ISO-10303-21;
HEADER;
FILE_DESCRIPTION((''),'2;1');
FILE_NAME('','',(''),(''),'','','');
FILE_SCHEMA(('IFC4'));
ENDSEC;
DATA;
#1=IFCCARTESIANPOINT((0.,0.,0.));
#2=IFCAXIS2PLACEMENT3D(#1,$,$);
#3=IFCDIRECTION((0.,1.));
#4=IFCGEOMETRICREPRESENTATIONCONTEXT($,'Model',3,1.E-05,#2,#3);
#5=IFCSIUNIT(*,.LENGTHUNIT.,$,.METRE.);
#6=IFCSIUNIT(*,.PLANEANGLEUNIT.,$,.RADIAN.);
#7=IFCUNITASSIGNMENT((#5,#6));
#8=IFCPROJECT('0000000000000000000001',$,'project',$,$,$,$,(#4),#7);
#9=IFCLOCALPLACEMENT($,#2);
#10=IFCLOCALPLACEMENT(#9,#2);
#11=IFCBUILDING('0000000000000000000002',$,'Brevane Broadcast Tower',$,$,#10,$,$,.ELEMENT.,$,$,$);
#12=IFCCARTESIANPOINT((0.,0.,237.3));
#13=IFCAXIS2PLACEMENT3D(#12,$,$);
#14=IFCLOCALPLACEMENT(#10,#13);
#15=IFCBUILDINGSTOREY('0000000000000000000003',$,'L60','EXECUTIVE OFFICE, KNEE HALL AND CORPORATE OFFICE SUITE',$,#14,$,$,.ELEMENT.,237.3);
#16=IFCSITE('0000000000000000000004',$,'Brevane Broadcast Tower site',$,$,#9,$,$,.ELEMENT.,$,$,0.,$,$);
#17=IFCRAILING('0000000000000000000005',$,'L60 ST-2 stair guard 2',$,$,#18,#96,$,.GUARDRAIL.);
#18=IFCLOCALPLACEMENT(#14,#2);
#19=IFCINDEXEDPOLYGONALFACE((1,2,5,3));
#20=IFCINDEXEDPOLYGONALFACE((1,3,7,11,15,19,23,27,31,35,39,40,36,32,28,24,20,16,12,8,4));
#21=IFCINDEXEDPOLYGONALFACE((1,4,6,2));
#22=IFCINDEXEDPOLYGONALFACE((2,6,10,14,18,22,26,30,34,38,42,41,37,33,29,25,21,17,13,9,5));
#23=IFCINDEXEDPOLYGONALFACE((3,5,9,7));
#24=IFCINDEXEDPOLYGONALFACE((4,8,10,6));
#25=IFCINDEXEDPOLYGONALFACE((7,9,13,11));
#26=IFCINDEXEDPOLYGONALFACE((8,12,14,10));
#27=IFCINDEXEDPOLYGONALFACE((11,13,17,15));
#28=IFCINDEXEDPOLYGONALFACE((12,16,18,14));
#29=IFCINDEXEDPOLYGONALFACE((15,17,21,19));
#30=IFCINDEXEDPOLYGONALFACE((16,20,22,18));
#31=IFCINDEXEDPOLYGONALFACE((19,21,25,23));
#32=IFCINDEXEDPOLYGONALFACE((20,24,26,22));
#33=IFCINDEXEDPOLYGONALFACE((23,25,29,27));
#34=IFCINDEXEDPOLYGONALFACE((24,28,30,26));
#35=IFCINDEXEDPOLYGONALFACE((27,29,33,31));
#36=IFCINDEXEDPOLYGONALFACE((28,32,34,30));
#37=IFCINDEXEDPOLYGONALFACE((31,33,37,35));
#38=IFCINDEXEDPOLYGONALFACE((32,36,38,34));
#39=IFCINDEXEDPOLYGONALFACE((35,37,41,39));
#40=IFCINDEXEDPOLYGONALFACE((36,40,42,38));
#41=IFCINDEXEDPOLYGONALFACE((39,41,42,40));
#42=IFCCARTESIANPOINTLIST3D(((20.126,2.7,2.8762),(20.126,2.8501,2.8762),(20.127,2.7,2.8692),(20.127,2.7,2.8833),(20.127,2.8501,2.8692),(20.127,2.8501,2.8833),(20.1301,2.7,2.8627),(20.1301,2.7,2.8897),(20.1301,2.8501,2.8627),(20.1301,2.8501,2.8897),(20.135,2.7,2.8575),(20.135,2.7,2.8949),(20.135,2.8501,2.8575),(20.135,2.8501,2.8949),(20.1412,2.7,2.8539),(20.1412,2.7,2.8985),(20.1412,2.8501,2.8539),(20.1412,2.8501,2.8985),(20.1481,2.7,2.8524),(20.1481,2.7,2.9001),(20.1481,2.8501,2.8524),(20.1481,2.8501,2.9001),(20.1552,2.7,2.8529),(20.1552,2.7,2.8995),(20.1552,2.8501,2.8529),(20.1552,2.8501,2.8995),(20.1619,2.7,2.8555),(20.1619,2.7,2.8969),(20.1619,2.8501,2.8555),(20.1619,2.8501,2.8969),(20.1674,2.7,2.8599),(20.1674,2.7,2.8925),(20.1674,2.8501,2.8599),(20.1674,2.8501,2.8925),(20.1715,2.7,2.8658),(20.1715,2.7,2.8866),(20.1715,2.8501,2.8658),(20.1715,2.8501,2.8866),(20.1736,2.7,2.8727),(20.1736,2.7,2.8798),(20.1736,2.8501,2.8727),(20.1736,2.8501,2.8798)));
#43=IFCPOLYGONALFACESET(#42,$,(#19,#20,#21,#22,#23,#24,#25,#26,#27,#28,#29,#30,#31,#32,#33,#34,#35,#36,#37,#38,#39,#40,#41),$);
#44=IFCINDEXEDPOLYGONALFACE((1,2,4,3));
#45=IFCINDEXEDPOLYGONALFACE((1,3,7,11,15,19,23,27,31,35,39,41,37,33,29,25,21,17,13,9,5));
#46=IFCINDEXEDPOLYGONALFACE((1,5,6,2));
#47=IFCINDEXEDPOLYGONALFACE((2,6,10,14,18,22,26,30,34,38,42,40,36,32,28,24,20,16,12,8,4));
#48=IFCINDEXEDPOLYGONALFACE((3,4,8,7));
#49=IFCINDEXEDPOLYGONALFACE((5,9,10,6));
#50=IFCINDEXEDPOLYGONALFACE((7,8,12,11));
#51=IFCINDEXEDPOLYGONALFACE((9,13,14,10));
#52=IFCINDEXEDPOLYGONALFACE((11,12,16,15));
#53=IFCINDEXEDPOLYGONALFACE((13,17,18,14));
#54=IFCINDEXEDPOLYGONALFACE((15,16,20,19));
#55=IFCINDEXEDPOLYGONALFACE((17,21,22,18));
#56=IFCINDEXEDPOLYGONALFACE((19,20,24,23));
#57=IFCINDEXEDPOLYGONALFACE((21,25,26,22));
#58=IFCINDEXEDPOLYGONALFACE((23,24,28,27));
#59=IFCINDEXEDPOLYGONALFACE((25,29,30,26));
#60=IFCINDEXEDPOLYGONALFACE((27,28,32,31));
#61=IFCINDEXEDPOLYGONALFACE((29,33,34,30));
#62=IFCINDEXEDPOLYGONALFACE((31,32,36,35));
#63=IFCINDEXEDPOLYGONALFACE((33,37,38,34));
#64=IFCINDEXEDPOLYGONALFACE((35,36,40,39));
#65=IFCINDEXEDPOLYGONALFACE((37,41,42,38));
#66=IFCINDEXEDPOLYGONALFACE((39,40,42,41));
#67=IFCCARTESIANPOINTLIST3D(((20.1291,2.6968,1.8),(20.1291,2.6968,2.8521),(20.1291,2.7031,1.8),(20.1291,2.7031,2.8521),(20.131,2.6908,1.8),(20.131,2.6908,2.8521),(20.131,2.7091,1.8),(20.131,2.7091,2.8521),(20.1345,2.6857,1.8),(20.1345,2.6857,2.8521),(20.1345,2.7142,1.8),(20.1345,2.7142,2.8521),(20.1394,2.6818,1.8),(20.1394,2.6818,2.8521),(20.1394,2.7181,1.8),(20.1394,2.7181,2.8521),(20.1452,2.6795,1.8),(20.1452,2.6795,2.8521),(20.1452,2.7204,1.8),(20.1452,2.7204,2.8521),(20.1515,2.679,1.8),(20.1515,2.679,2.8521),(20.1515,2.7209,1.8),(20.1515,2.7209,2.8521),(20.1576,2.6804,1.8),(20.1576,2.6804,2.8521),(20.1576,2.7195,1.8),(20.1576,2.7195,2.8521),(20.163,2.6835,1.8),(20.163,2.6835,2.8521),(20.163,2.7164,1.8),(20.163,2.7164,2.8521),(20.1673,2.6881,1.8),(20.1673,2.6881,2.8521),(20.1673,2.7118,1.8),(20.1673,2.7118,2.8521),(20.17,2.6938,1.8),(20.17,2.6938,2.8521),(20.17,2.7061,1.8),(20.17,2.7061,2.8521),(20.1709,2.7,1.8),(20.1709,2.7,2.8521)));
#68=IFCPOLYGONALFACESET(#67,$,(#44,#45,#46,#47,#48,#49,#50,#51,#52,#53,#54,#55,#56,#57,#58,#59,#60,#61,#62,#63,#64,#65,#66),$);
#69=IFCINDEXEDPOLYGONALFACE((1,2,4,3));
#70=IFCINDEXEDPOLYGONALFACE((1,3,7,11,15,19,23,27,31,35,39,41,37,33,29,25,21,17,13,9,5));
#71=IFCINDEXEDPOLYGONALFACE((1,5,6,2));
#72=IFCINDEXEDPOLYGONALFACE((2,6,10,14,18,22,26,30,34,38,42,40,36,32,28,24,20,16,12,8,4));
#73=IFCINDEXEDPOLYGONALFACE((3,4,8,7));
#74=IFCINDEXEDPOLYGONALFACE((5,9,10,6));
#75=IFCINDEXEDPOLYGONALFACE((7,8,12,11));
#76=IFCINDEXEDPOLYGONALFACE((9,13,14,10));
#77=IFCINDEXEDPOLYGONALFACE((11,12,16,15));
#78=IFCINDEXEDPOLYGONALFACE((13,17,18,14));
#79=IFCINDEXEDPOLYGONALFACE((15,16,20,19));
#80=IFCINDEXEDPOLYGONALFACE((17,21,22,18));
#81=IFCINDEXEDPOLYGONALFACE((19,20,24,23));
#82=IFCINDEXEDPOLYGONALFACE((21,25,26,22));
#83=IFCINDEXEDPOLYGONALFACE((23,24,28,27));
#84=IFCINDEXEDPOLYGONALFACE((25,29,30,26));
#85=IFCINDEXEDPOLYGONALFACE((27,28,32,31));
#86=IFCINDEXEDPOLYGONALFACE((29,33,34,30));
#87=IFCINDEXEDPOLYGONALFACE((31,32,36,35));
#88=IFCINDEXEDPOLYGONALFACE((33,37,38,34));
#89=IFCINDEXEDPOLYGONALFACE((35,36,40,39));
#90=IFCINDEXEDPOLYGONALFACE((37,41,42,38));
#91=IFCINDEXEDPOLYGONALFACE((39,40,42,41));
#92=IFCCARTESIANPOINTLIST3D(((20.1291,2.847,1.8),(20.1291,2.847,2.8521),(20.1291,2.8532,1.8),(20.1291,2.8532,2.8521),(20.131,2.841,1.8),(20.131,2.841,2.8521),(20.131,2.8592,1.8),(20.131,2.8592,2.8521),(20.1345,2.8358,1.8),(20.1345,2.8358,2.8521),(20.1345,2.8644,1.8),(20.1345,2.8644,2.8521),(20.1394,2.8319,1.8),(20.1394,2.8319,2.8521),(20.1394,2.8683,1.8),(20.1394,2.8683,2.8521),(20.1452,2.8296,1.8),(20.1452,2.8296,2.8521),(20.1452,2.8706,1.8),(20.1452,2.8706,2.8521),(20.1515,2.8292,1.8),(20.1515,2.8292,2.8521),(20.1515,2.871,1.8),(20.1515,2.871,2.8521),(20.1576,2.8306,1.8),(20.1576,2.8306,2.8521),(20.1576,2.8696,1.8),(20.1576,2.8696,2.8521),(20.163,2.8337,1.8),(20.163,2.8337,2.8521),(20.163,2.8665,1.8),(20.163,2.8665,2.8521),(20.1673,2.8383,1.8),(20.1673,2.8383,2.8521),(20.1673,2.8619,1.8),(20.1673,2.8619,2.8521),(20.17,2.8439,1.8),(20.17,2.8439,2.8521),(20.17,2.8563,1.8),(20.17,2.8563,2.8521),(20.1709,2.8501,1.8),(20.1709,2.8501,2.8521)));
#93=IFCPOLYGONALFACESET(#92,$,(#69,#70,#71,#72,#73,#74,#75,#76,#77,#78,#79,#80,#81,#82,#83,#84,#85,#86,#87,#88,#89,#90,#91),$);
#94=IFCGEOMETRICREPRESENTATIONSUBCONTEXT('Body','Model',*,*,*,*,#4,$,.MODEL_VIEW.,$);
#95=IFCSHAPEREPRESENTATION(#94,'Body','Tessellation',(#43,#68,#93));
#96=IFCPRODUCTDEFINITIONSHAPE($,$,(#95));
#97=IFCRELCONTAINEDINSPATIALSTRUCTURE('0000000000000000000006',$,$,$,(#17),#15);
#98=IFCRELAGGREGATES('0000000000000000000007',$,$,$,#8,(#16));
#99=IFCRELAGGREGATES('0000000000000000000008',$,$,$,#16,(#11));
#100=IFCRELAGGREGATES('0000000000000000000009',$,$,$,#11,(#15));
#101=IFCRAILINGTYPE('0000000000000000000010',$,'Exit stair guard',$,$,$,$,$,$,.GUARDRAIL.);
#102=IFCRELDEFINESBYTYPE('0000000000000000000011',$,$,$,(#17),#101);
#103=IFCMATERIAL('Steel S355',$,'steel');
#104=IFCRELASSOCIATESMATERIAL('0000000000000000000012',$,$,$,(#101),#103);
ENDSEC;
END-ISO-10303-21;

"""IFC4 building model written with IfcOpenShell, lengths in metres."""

from ifc_helpers import new_model, si_unit, direction, frame, origin, origin_2d, place, context, subcontext, project, spatial, circle, extrude, material, type_object, element, save


model = new_model("IFC4")

# Units and contexts
model_context = context("Model", 3, precision=1e-05, world=origin(), true_north=direction((0.0, 1.0)))
body_context = subcontext(model_context, "Body", "Model", "MODEL_VIEW")
ifc_project = project(units=[si_unit("LENGTHUNIT", "METRE"), si_unit("PLANEANGLEUNIT", "RADIAN")], contexts=[model_context])

# Site, building, storey
site_placement = place(None, origin())
site = spatial("IfcSite", under=ifc_project, at=site_placement, Name="Brevane Broadcast Tower site", CompositionType="ELEMENT", RefElevation=0.0)
building_placement = place(site_placement, origin())
building = spatial("IfcBuilding", under=site, at=building_placement, Name="Brevane Broadcast Tower", CompositionType="ELEMENT")
storey_placement = place(building_placement, frame((0.0, 0.0, 237.3)))
storey = spatial("IfcBuildingStorey", under=building, at=storey_placement, Name="L60", Description="EXECUTIVE OFFICE, KNEE HALL AND CORPORATE OFFICE SUITE", CompositionType="ELEMENT", Elevation=237.3)

# Railing
ifc_material_1 = material(Name="Steel S355", Category="steel")
railing_type_1 = type_object("IfcRailingType", Name="Exit stair guard", PredefinedType="GUARDRAIL", material=ifc_material_1)
railing_1_placement = place(storey_placement, frame((20.1499, 2.7, 1.8)))
element("IfcRailing", 1, at=railing_1_placement, inside=storey, type_object=railing_type_1, Name="L60 ST-2 stair guard 2", PredefinedType="GUARDRAIL", context=body_context, shape_type="SweptSolid", body=[
    extrude(circle(Radius=0.0239, at=origin_2d()), frame((0.0, 0.0, 1.0762), z_axis=(0.0, 1.0, 0.0), x_axis=(-1.0, 0.0, 0.0)), (0.0, 0.0, 1.0), 0.1501),
    extrude(circle(Radius=0.021, at=origin_2d()), origin(), (0.0, 0.0, 1.0), 1.052),
    extrude(circle(Radius=0.021, at=origin_2d()), frame((0.0, 0.1501, 0.0)), (0.0, 0.0, 1.0), 1.052),
])

save(model, "model.ifc")
